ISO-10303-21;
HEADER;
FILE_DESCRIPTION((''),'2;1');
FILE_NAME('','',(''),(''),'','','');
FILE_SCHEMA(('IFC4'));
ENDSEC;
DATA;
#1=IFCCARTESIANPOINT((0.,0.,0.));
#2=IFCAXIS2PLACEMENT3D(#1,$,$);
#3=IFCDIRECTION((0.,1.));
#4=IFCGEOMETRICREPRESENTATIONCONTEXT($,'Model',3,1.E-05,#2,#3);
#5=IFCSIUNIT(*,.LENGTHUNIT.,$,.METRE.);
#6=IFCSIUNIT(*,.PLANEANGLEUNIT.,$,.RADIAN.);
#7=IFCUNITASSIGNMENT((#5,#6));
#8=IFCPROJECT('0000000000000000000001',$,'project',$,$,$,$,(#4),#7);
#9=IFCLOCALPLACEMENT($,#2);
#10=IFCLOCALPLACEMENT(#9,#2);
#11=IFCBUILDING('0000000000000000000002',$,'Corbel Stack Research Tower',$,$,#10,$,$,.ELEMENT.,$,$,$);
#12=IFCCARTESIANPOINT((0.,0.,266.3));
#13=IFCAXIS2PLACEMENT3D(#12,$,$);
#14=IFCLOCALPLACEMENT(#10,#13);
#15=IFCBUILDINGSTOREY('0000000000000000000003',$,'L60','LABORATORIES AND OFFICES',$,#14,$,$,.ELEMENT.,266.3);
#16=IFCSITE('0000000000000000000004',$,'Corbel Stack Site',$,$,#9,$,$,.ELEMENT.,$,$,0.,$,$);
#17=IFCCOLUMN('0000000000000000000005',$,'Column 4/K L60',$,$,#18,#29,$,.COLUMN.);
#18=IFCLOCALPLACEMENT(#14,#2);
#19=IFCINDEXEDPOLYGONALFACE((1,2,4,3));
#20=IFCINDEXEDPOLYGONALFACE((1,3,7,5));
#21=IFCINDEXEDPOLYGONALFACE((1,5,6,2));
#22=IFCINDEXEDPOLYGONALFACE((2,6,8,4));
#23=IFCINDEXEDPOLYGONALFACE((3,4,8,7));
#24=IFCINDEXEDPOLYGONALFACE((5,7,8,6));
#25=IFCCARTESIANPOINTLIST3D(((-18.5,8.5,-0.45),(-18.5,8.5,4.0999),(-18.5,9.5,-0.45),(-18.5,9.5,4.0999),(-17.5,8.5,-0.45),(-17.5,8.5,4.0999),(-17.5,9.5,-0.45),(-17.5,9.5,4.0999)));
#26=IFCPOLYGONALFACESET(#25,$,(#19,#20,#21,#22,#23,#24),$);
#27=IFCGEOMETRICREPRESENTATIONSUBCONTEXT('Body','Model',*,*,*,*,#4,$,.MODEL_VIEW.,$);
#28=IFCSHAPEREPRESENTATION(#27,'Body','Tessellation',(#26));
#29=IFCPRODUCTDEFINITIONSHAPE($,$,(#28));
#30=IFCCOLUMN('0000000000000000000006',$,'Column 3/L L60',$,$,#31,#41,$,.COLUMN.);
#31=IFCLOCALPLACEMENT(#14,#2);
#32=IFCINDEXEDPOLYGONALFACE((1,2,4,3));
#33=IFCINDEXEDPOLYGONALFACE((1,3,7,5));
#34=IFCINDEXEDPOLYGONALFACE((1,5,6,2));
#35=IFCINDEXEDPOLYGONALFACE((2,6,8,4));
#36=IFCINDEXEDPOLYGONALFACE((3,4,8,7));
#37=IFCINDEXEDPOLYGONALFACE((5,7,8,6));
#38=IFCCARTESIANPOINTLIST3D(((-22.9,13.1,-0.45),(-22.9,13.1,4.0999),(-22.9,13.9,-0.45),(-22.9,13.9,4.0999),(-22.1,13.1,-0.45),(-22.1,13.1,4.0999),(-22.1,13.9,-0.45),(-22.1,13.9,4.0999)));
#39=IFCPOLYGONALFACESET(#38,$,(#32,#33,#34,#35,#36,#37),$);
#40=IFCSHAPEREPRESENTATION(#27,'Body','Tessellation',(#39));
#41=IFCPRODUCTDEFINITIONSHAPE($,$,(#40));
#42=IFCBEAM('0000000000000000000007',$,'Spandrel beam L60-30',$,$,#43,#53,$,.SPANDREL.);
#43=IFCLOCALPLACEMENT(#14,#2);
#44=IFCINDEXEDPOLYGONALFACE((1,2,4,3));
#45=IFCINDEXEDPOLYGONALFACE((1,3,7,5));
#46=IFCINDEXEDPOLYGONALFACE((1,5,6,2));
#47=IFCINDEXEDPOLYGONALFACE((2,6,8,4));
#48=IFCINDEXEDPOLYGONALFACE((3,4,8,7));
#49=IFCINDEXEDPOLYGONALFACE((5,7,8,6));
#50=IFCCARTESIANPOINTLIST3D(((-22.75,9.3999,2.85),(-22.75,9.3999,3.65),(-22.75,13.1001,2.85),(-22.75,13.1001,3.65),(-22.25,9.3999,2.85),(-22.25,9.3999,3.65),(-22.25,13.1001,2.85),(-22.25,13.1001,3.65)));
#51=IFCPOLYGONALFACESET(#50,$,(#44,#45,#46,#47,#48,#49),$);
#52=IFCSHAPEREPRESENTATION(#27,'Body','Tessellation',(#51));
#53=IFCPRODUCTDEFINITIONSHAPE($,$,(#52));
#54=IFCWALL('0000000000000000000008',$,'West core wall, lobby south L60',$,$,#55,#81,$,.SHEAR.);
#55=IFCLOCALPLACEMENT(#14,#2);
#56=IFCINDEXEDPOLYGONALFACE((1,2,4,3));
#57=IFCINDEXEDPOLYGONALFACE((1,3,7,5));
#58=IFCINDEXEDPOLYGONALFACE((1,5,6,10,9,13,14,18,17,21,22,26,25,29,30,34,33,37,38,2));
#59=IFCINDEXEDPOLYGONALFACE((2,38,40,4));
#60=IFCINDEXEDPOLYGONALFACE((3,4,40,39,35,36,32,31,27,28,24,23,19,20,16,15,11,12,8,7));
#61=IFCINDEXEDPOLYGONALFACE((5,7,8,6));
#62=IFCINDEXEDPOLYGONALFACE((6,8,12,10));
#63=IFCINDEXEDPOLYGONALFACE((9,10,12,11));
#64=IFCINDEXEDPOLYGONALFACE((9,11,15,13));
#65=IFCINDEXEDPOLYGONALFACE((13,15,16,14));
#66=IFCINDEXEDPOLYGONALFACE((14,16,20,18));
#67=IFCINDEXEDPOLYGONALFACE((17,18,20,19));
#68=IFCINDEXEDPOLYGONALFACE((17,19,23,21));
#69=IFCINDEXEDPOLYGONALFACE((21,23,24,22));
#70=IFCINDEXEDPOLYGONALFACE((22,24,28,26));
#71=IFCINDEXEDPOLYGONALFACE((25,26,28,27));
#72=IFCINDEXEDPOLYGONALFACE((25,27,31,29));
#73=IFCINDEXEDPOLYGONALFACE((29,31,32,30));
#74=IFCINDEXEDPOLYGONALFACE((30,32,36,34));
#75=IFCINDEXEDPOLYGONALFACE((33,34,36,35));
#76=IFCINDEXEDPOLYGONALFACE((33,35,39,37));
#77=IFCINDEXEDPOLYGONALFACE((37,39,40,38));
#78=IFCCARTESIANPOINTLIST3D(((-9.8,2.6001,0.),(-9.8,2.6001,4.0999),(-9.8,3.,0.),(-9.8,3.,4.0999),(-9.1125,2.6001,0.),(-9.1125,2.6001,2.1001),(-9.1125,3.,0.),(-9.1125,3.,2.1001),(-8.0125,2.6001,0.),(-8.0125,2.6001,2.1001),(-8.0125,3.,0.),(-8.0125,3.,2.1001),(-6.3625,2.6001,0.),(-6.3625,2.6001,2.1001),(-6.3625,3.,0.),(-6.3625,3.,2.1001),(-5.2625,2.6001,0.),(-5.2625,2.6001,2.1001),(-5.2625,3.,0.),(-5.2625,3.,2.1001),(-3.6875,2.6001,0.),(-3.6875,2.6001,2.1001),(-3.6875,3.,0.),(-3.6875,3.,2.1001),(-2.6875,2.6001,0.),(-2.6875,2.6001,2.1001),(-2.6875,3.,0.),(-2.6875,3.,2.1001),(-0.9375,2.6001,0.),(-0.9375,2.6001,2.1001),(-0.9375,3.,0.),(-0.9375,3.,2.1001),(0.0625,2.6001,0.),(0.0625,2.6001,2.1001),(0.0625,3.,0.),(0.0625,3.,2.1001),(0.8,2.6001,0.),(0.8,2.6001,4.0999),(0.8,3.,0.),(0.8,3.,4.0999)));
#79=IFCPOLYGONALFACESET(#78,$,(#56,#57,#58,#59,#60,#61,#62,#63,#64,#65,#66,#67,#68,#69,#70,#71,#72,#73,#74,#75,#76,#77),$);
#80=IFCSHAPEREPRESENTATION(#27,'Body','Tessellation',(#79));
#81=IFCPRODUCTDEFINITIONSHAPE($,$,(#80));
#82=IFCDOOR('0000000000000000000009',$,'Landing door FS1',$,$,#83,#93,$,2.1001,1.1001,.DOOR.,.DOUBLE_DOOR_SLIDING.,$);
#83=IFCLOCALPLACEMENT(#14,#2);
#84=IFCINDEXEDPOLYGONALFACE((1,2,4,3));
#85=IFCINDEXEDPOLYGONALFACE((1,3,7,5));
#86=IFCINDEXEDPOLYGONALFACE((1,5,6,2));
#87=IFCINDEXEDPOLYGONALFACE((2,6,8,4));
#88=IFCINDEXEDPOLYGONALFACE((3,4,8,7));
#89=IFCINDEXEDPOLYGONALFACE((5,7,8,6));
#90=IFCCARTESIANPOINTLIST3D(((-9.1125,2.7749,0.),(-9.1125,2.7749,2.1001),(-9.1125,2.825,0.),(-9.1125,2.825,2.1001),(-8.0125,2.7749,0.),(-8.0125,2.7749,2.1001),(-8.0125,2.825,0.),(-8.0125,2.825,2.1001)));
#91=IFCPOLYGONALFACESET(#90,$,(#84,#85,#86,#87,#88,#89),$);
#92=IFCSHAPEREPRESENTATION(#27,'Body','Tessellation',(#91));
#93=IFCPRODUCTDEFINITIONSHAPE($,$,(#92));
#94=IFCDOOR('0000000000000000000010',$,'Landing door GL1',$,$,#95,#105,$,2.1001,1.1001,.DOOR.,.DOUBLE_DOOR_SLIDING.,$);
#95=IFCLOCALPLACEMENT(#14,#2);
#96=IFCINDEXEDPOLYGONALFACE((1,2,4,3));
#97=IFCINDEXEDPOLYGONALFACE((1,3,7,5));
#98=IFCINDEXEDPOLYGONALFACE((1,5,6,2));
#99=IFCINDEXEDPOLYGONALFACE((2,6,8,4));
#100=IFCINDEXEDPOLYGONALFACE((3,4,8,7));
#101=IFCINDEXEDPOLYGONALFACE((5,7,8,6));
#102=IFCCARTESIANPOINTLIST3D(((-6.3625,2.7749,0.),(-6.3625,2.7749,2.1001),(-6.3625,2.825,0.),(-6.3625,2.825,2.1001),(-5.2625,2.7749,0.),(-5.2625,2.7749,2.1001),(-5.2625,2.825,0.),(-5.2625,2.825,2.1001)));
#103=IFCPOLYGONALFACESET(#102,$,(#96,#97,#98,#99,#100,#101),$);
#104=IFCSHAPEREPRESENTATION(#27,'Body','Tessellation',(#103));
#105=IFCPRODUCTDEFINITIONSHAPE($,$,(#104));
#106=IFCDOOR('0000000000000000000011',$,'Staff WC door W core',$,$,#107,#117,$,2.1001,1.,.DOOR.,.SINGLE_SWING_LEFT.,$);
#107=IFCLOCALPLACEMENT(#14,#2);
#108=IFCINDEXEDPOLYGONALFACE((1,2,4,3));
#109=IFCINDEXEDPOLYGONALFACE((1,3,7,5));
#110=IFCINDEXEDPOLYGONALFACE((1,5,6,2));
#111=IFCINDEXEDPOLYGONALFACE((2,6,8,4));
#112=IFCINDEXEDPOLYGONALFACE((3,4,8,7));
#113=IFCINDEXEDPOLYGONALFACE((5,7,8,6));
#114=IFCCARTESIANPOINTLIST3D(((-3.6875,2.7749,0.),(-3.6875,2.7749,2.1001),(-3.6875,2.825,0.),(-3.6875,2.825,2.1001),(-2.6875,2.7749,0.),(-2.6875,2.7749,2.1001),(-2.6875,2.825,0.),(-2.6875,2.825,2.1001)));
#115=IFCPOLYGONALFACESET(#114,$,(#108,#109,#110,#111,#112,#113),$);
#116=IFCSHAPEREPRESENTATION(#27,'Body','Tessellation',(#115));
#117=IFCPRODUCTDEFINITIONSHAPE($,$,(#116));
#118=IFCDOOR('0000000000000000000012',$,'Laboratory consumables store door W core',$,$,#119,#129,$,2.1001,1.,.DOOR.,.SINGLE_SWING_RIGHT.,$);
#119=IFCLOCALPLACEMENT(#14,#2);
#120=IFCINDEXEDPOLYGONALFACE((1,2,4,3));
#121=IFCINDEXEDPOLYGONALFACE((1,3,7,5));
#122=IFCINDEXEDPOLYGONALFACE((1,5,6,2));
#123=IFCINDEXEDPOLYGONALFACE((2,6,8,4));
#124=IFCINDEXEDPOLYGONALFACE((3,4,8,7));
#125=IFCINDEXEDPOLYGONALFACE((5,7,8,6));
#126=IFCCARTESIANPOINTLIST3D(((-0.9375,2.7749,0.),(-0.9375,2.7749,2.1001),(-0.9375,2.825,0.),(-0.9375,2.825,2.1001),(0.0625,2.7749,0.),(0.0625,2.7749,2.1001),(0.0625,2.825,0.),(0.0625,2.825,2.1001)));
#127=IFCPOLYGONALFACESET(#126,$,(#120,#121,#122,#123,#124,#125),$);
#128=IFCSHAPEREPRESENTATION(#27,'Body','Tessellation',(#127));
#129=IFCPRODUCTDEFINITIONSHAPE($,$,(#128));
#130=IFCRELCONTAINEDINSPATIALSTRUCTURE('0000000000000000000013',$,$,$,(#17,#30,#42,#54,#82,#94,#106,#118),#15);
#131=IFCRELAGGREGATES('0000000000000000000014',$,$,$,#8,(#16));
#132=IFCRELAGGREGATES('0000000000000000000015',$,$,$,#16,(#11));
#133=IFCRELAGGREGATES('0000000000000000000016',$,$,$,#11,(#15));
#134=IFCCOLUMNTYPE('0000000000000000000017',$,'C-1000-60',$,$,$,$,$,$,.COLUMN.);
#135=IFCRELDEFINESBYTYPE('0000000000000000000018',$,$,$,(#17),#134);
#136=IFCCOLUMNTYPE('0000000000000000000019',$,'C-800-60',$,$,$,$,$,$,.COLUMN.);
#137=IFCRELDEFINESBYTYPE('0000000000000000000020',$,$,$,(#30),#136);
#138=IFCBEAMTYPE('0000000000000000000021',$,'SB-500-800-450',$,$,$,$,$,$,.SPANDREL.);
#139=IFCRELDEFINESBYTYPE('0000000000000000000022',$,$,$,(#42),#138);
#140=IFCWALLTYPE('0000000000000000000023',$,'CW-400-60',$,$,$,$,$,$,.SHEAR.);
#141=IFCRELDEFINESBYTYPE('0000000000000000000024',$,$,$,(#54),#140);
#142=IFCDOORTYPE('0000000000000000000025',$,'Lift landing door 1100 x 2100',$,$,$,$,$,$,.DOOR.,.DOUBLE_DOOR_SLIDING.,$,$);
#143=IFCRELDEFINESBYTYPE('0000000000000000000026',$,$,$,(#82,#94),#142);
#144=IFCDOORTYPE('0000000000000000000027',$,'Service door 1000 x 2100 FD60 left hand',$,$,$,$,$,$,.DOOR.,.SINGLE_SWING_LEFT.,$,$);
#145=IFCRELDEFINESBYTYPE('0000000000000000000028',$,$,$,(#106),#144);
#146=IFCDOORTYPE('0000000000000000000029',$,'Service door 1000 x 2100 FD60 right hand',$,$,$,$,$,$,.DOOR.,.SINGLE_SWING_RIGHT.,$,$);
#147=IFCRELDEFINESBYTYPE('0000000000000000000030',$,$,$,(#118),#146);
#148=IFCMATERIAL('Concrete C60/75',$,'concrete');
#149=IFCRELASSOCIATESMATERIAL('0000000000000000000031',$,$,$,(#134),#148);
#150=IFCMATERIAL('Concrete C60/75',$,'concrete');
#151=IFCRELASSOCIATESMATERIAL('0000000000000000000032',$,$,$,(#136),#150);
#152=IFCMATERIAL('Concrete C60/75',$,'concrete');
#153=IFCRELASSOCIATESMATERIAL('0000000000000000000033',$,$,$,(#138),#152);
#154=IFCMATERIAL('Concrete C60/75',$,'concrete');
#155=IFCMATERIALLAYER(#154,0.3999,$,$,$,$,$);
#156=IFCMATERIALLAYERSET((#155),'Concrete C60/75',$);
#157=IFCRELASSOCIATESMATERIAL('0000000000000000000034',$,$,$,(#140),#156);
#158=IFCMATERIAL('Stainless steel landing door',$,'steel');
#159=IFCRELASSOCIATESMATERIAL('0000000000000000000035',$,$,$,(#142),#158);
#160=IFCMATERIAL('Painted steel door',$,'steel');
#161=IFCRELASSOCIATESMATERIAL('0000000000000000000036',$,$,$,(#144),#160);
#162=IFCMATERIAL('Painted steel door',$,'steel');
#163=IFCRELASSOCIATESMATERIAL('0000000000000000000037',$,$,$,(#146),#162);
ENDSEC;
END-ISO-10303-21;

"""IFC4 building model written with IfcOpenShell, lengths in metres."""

from ifc_helpers import new_model, si_unit, direction, frame, frame_2d, origin, origin_2d, place, context, subcontext, project, spatial, rectangle, extrude, material, layer, layer_set, material_profile, profile_set, type_object, element, fill, save


model = new_model("IFC4")

# Units and contexts
model_context = context("Model", 3, precision=1e-05, world=origin(), true_north=direction((0.0, 1.0)))
body_context = subcontext(model_context, "Body", "Model", "MODEL_VIEW")
ifc_project = project(units=[si_unit("LENGTHUNIT", "METRE"), si_unit("PLANEANGLEUNIT", "RADIAN")], contexts=[model_context])

# Site, building, storey
site_placement = place(None, origin())
site = spatial("IfcSite", under=ifc_project, at=site_placement, Name="Corbel Stack Site", CompositionType="ELEMENT", RefElevation=0.0)
building_placement = place(site_placement, origin())
building = spatial("IfcBuilding", under=site, at=building_placement, Name="Corbel Stack Research Tower", CompositionType="ELEMENT")
storey_placement = place(building_placement, frame((0.0, 0.0, 266.3)))
storey = spatial("IfcBuildingStorey", under=building, at=storey_placement, Name="L60", Description="LABORATORIES AND OFFICES", CompositionType="ELEMENT", Elevation=266.3)

# Columns
ifc_material_1 = material(Name="Concrete C60/75", Category="concrete")
ifc_material_profile_1 = material_profile(ifc_material_1, rectangle(XDim=1.0, YDim=1.0, at=origin_2d()), Name="RC 1000 x 1000")
ifc_profile_set_1 = profile_set([ifc_material_profile_1], Name="Concrete C60/75")
column_type_1 = type_object("IfcColumnType", Name="C-1000-60", PredefinedType="COLUMN", material=ifc_profile_set_1)
column_1_placement = place(storey_placement, frame((-18.0, 9.0, -0.45), z_axis=(0.0, 0.0, 1.0), x_axis=(1.0, 0.0, 0.0)))
element("IfcColumn", 1, at=column_1_placement, inside=storey, type_object=column_type_1, Name="Column 4/K L60", PredefinedType="COLUMN", context=body_context, shape_type="SweptSolid", body=[
    extrude(rectangle(XDim=1.0, YDim=1.0, at=origin_2d()), origin(), (0.0, 0.0, 1.0), 4.5498),
])
ifc_material_2 = material(Name="Concrete C60/75", Category="concrete")
ifc_material_profile_2 = material_profile(ifc_material_2, rectangle(XDim=0.8, YDim=0.8, at=origin_2d()), Name="RC 800 x 800")
ifc_profile_set_2 = profile_set([ifc_material_profile_2], Name="Concrete C60/75")
column_type_2 = type_object("IfcColumnType", Name="C-800-60", PredefinedType="COLUMN", material=ifc_profile_set_2)
column_2_placement = place(storey_placement, frame((-22.5, 13.5, -0.45), z_axis=(0.0, 0.0, 1.0), x_axis=(1.0, 0.0, 0.0)))
element("IfcColumn", 2, at=column_2_placement, inside=storey, type_object=column_type_2, Name="Column 3/L L60", PredefinedType="COLUMN", context=body_context, shape_type="SweptSolid", body=[
    extrude(rectangle(XDim=0.8, YDim=0.8, at=origin_2d()), origin(), (0.0, 0.0, 1.0), 4.5498),
])

# Beam
ifc_material_3 = material(Name="Concrete C60/75", Category="concrete")
ifc_material_profile_3 = material_profile(ifc_material_3, rectangle(XDim=0.5, YDim=0.8, at=origin_2d()), Name="RC 500 x 800")
ifc_profile_set_3 = profile_set([ifc_material_profile_3], Name="Concrete C60/75")
beam_type = type_object("IfcBeamType", Name="SB-500-800-450", PredefinedType="SPANDREL", material=ifc_profile_set_3)
beam_placement = place(storey_placement, frame((-22.5, 13.1001, 3.25), z_axis=(0.0, -1.0, 0.0), x_axis=(1.0, 0.0, 0.0)))
element("IfcBeam", 3, at=beam_placement, inside=storey, type_object=beam_type, Name="Spandrel beam L60-30", PredefinedType="SPANDREL", context=body_context, shape_type="SweptSolid", body=[
    extrude(rectangle(XDim=0.5, YDim=0.8, at=origin_2d()), origin(), (0.0, 0.0, 1.0), 3.7002),
])

# Wall, openings, doors
ifc_material_4 = material(Name="Concrete C60/75", Category="concrete")
ifc_layer_1 = layer(ifc_material_4, 0.3999)
ifc_layer_set_1 = layer_set([ifc_layer_1], Name="Concrete C60/75")
wall_type_1 = type_object("IfcWallType", Name="CW-400-60", PredefinedType="SHEAR", material=ifc_layer_set_1)
wall_1_placement = place(storey_placement, frame((-9.8, 2.8, 0.0), z_axis=(0.0, 0.0, 1.0), x_axis=(1.0, 0.0, 0.0)))
wall_1 = element("IfcWall", 4, at=wall_1_placement, inside=storey, type_object=wall_type_1, Name="West core wall, lobby south L60", PredefinedType="SHEAR", context=body_context, shape_type="SweptSolid", body=[
    extrude(rectangle(XDim=10.6001, YDim=0.3999, at=frame_2d((5.3, 0.0))), origin(), (0.0, 0.0, 1.0), 4.0999),
])
opening_1_placement = place(wall_1_placement, frame((0.6875, 0.0, 0.0)))
opening_1 = element("IfcOpeningElement", 5, at=opening_1_placement, cuts=wall_1, PredefinedType="OPENING", context=body_context, shape_type="SweptSolid", body=[
    extrude(rectangle(XDim=1.1001, YDim=2.1001, at=frame_2d((0.55, 1.05))), frame((0.0, 0.21, 0.0), z_axis=(0.0, -1.0, 0.0), x_axis=(1.0, 0.0, 0.0)), (0.0, 0.0, 1.0), 0.4199),
])
opening_2_placement = place(wall_1_placement, frame((3.4375, 0.0, 0.0)))
opening_2 = element("IfcOpeningElement", 6, at=opening_2_placement, cuts=wall_1, PredefinedType="OPENING", context=body_context, shape_type="SweptSolid", body=[
    extrude(rectangle(XDim=1.1001, YDim=2.1001, at=frame_2d((0.55, 1.05))), frame((0.0, 0.21, 0.0), z_axis=(0.0, -1.0, 0.0), x_axis=(1.0, 0.0, 0.0)), (0.0, 0.0, 1.0), 0.4199),
])
opening_3_placement = place(wall_1_placement, frame((6.1125, 0.0, 0.0)))
opening_3 = element("IfcOpeningElement", 7, at=opening_3_placement, cuts=wall_1, PredefinedType="OPENING", context=body_context, shape_type="SweptSolid", body=[
    extrude(rectangle(XDim=1.0, YDim=2.1001, at=frame_2d((0.5, 1.05))), frame((0.0, 0.21, 0.0), z_axis=(0.0, -1.0, 0.0), x_axis=(1.0, 0.0, 0.0)), (0.0, 0.0, 1.0), 0.4199),
])
opening_4_placement = place(wall_1_placement, frame((8.8625, 0.0, 0.0)))
opening_4 = element("IfcOpeningElement", 8, at=opening_4_placement, cuts=wall_1, PredefinedType="OPENING", context=body_context, shape_type="SweptSolid", body=[
    extrude(rectangle(XDim=1.0, YDim=2.1001, at=frame_2d((0.5, 1.05))), frame((0.0, 0.21, 0.0), z_axis=(0.0, -1.0, 0.0), x_axis=(1.0, 0.0, 0.0)), (0.0, 0.0, 1.0), 0.4199),
])
ifc_material_5 = material(Name="Stainless steel landing door", Category="steel")
door_type_1 = type_object("IfcDoorType", Name="Lift landing door 1100 x 2100", OperationType="DOUBLE_DOOR_SLIDING", PredefinedType="DOOR", material=ifc_material_5)
door_1_placement = place(opening_1_placement, origin())
door_1 = element("IfcDoor", 9, at=door_1_placement, inside=storey, type_object=door_type_1, Name="Landing door FS1", OperationType="DOUBLE_DOOR_SLIDING", OverallHeight=2.1001, OverallWidth=1.1001, PredefinedType="DOOR", context=body_context, shape_type="SweptSolid", body=[
    extrude(rectangle(XDim=1.1001, YDim=2.1001, at=frame_2d((0.55, 1.05))), frame((0.0, 0.0249, 0.0), z_axis=(0.0, -1.0, 0.0), x_axis=(1.0, 0.0, 0.0)), (0.0, 0.0, 1.0), 0.05),
])
fill(opening_1, door_1)
door_2_placement = place(opening_2_placement, origin())
door_2 = element("IfcDoor", 10, at=door_2_placement, inside=storey, type_object=door_type_1, Name="Landing door GL1", OperationType="DOUBLE_DOOR_SLIDING", OverallHeight=2.1001, OverallWidth=1.1001, PredefinedType="DOOR", context=body_context, shape_type="SweptSolid", body=[
    extrude(rectangle(XDim=1.1001, YDim=2.1001, at=frame_2d((0.55, 1.05))), frame((0.0, 0.0249, 0.0), z_axis=(0.0, -1.0, 0.0), x_axis=(1.0, 0.0, 0.0)), (0.0, 0.0, 1.0), 0.05),
])
fill(opening_2, door_2)
ifc_material_6 = material(Name="Painted steel door", Category="steel")
door_type_2 = type_object("IfcDoorType", Name="Service door 1000 x 2100 FD60 left hand", OperationType="SINGLE_SWING_LEFT", PredefinedType="DOOR", material=ifc_material_6)
door_3_placement = place(opening_3_placement, origin())
door_3 = element("IfcDoor", 11, at=door_3_placement, inside=storey, type_object=door_type_2, Name="Staff WC door W core", OperationType="SINGLE_SWING_LEFT", OverallHeight=2.1001, OverallWidth=1.0, PredefinedType="DOOR", context=body_context, shape_type="SweptSolid", body=[
    extrude(rectangle(XDim=1.0, YDim=2.1001, at=frame_2d((0.5, 1.05))), frame((0.0, 0.0249, 0.0), z_axis=(0.0, -1.0, 0.0), x_axis=(1.0, 0.0, 0.0)), (0.0, 0.0, 1.0), 0.05),
])
fill(opening_3, door_3)
ifc_material_7 = material(Name="Painted steel door", Category="steel")
door_type_3 = type_object("IfcDoorType", Name="Service door 1000 x 2100 FD60 right hand", OperationType="SINGLE_SWING_RIGHT", PredefinedType="DOOR", material=ifc_material_7)
door_4_placement = place(opening_4_placement, origin())
door_4 = element("IfcDoor", 12, at=door_4_placement, inside=storey, type_object=door_type_3, Name="Laboratory consumables store door W core", OperationType="SINGLE_SWING_RIGHT", OverallHeight=2.1001, OverallWidth=1.0, PredefinedType="DOOR", context=body_context, shape_type="SweptSolid", body=[
    extrude(rectangle(XDim=1.0, YDim=2.1001, at=frame_2d((0.5, 1.05))), frame((0.0, 0.0249, 0.0), z_axis=(0.0, -1.0, 0.0), x_axis=(1.0, 0.0, 0.0)), (0.0, 0.0, 1.0), 0.05),
])
fill(opening_4, door_4)

save(model, "model.ifc")
